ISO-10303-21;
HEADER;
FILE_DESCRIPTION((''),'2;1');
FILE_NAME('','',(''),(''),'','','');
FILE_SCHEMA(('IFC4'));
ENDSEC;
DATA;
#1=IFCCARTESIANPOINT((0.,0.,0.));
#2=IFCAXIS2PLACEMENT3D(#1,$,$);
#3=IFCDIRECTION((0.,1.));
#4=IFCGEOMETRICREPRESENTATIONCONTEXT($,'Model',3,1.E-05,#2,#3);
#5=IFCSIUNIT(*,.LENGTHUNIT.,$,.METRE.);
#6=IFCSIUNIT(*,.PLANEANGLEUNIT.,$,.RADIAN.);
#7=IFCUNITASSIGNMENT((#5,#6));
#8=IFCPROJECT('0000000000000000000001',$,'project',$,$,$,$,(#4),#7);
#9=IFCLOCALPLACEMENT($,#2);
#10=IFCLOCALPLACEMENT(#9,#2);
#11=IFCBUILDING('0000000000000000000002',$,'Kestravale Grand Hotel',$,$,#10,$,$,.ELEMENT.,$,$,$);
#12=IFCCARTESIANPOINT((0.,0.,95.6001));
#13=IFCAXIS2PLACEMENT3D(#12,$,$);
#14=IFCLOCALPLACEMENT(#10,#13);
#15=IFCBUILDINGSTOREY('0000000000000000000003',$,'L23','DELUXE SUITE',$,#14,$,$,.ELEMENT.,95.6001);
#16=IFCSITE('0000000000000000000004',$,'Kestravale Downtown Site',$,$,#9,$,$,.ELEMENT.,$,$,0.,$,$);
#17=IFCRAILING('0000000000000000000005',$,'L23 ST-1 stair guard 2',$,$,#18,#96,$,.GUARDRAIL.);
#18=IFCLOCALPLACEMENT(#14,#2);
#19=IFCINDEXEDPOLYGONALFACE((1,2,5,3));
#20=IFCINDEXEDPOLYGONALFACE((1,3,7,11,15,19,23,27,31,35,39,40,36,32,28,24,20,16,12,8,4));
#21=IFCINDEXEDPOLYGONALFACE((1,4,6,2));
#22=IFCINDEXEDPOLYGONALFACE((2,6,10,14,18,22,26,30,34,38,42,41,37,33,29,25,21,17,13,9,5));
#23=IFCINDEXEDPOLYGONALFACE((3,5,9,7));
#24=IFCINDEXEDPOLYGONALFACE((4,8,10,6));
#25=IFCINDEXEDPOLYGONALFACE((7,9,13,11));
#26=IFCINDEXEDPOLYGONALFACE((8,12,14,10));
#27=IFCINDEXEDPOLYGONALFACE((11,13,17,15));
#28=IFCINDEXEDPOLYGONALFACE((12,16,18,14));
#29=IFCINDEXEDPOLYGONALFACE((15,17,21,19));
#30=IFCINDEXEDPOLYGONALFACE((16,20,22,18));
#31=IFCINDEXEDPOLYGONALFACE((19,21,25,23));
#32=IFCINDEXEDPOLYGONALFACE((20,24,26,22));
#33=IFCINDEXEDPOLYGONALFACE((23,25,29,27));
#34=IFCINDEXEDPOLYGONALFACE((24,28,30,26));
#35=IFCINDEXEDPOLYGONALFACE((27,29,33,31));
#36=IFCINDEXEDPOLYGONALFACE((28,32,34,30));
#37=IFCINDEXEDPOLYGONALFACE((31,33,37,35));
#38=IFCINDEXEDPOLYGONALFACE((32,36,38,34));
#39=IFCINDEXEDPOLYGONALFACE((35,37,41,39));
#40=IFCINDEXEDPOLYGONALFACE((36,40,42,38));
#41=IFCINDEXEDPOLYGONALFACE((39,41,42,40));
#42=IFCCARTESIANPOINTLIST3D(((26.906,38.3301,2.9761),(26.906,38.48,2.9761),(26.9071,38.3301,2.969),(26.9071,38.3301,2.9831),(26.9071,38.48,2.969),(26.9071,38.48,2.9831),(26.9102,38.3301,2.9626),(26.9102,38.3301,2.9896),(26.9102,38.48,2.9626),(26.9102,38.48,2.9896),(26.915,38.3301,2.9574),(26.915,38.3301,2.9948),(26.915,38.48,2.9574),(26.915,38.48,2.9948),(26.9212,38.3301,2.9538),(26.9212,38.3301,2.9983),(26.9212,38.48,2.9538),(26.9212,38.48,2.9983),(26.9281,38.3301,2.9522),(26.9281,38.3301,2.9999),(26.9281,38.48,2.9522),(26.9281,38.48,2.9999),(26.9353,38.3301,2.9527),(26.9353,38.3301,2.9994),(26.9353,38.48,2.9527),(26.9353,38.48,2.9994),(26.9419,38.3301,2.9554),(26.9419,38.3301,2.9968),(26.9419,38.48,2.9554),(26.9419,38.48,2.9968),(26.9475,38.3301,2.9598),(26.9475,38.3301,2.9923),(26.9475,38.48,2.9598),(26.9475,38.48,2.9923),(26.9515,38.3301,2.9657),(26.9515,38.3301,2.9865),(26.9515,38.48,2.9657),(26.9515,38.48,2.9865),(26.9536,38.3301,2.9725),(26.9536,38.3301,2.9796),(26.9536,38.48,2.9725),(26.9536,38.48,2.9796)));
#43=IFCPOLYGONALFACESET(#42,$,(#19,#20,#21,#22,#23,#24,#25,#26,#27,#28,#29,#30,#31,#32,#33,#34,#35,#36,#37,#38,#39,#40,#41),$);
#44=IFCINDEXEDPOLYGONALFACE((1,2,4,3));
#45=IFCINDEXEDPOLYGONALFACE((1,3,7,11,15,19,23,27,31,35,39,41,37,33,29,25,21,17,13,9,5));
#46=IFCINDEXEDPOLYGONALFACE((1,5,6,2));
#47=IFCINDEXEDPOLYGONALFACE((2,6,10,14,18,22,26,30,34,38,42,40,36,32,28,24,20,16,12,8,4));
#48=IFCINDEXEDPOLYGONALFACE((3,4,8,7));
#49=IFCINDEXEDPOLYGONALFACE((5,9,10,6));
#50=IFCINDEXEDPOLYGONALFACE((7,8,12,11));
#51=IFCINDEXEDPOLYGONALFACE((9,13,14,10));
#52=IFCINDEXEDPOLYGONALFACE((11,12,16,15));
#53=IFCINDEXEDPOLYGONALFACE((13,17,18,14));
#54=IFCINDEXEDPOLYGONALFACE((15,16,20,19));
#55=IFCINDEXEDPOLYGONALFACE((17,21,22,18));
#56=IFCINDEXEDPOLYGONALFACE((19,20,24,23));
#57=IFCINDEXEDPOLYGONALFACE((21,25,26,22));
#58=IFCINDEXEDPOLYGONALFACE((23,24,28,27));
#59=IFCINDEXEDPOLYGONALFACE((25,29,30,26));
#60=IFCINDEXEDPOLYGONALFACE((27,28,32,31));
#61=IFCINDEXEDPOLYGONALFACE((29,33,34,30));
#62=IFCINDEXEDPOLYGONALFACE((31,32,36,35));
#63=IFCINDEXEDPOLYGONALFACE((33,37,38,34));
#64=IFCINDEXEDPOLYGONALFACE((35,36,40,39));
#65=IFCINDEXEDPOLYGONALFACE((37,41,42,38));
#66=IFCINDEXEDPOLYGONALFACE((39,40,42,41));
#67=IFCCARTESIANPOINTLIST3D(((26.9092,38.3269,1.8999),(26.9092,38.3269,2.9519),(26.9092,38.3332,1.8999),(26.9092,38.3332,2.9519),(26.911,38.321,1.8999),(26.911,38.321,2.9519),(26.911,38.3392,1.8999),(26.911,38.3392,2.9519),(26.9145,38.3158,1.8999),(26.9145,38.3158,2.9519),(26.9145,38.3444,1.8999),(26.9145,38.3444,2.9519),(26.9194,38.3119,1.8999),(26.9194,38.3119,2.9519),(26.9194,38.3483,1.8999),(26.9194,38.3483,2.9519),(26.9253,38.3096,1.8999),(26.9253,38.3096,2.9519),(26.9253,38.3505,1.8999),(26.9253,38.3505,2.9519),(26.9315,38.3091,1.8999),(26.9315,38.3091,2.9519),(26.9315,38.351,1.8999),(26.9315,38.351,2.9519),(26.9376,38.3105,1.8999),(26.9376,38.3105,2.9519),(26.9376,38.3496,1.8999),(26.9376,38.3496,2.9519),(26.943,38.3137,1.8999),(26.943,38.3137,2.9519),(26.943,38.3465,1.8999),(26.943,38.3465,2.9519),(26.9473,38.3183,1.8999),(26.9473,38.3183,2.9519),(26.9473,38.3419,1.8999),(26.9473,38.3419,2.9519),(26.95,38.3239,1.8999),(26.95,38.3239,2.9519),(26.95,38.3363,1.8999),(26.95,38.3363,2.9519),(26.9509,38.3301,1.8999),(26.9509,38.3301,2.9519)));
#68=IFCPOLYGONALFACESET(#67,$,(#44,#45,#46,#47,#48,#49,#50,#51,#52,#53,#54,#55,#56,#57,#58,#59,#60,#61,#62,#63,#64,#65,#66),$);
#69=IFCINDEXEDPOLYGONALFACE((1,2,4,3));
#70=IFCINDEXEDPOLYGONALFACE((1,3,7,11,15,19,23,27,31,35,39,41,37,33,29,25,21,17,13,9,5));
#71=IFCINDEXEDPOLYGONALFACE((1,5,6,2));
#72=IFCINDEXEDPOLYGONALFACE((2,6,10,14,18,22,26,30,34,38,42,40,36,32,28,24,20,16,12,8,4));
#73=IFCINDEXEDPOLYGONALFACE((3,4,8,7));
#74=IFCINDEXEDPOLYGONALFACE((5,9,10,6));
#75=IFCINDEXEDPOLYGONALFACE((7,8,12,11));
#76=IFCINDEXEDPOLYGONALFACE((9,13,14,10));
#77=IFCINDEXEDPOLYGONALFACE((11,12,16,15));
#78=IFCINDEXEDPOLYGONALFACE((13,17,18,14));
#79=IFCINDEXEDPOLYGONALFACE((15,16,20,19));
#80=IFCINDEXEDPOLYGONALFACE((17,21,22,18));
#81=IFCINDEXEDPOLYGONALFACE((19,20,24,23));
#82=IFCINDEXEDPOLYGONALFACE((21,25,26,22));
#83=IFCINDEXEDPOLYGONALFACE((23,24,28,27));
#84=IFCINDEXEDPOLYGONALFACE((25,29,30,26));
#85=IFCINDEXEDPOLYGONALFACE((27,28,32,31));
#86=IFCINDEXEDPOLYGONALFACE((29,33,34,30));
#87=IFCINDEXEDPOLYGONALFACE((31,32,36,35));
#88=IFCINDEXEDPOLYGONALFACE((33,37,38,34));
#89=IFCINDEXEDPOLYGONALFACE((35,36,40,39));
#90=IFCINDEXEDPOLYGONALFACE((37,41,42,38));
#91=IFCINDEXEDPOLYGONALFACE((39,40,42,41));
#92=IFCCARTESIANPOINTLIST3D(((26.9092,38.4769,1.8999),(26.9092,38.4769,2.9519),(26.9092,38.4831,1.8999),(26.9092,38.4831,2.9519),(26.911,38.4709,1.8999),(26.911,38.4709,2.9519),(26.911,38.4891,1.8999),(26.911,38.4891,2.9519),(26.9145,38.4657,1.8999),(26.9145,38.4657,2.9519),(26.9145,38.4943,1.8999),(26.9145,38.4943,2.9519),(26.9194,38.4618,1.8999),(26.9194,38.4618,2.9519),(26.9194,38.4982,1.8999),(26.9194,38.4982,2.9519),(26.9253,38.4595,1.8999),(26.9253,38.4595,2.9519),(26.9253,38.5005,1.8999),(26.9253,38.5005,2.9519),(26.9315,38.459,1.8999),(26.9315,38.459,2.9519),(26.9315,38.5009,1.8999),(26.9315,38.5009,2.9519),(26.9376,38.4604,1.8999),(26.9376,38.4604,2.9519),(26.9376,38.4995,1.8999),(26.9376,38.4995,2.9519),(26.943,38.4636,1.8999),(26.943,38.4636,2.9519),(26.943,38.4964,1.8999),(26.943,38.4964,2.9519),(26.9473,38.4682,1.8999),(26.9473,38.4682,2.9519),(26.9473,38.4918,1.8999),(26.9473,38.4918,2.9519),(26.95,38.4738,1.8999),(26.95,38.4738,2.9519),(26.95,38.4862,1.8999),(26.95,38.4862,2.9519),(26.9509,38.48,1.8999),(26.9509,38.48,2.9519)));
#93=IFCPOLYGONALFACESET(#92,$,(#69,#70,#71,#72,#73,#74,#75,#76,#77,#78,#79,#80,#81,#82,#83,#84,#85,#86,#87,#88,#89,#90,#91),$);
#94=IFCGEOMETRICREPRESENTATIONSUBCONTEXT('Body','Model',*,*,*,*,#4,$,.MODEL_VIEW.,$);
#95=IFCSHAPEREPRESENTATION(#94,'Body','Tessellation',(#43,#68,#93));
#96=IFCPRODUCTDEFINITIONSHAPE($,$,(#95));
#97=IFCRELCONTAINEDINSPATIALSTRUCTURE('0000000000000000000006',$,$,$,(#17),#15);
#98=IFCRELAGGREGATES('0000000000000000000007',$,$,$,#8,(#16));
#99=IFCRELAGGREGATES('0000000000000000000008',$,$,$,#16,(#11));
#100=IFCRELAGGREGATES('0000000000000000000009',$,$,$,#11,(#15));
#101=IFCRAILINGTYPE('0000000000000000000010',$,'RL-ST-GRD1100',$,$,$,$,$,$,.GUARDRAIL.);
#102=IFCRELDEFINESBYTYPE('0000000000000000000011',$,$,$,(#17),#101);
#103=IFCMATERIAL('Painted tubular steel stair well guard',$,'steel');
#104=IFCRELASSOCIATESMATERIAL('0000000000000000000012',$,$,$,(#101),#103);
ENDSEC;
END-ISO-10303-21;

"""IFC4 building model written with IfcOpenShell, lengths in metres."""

from ifc_helpers import new_model, si_unit, direction, frame, origin, origin_2d, place, context, subcontext, project, spatial, circle, extrude, material, type_object, element, save


model = new_model("IFC4")

# Units and contexts
model_context = context("Model", 3, precision=1e-05, world=origin(), true_north=direction((0.0, 1.0)))
body_context = subcontext(model_context, "Body", "Model", "MODEL_VIEW")
ifc_project = project(units=[si_unit("LENGTHUNIT", "METRE"), si_unit("PLANEANGLEUNIT", "RADIAN")], contexts=[model_context])

# Site, building, storey
site_placement = place(None, origin())
site = spatial("IfcSite", under=ifc_project, at=site_placement, Name="Kestravale Downtown Site", CompositionType="ELEMENT", RefElevation=0.0)
building_placement = place(site_placement, origin())
building = spatial("IfcBuilding", under=site, at=building_placement, Name="Kestravale Grand Hotel", CompositionType="ELEMENT")
storey_placement = place(building_placement, frame((0.0, 0.0, 95.6001)))
storey = spatial("IfcBuildingStorey", under=building, at=storey_placement, Name="L23", Description="DELUXE SUITE", CompositionType="ELEMENT", Elevation=95.6001)

# Railing
ifc_material_1 = material(Name="Painted tubular steel stair well guard", Category="steel")
railing_type_1 = type_object("IfcRailingType", Name="RL-ST-GRD1100", PredefinedType="GUARDRAIL", material=ifc_material_1)
railing_1_placement = place(storey_placement, frame((26.9299, 38.3301, 1.8999)))
element("IfcRailing", 1, at=railing_1_placement, inside=storey, type_object=railing_type_1, Name="L23 ST-1 stair guard 2", PredefinedType="GUARDRAIL", context=body_context, shape_type="SweptSolid", body=[
    extrude(circle(Radius=0.0239, at=origin_2d()), frame((0.0, 0.0, 1.0762), z_axis=(0.0, 1.0, 0.0), x_axis=(-1.0, 0.0, 0.0)), (0.0, 0.0, 1.0), 0.1499),
    extrude(circle(Radius=0.021, at=origin_2d()), origin(), (0.0, 0.0, 1.0), 1.052),
    extrude(circle(Radius=0.021, at=origin_2d()), frame((0.0, 0.1499, 0.0)), (0.0, 0.0, 1.0), 1.052),
])

save(model, "model.ifc")
